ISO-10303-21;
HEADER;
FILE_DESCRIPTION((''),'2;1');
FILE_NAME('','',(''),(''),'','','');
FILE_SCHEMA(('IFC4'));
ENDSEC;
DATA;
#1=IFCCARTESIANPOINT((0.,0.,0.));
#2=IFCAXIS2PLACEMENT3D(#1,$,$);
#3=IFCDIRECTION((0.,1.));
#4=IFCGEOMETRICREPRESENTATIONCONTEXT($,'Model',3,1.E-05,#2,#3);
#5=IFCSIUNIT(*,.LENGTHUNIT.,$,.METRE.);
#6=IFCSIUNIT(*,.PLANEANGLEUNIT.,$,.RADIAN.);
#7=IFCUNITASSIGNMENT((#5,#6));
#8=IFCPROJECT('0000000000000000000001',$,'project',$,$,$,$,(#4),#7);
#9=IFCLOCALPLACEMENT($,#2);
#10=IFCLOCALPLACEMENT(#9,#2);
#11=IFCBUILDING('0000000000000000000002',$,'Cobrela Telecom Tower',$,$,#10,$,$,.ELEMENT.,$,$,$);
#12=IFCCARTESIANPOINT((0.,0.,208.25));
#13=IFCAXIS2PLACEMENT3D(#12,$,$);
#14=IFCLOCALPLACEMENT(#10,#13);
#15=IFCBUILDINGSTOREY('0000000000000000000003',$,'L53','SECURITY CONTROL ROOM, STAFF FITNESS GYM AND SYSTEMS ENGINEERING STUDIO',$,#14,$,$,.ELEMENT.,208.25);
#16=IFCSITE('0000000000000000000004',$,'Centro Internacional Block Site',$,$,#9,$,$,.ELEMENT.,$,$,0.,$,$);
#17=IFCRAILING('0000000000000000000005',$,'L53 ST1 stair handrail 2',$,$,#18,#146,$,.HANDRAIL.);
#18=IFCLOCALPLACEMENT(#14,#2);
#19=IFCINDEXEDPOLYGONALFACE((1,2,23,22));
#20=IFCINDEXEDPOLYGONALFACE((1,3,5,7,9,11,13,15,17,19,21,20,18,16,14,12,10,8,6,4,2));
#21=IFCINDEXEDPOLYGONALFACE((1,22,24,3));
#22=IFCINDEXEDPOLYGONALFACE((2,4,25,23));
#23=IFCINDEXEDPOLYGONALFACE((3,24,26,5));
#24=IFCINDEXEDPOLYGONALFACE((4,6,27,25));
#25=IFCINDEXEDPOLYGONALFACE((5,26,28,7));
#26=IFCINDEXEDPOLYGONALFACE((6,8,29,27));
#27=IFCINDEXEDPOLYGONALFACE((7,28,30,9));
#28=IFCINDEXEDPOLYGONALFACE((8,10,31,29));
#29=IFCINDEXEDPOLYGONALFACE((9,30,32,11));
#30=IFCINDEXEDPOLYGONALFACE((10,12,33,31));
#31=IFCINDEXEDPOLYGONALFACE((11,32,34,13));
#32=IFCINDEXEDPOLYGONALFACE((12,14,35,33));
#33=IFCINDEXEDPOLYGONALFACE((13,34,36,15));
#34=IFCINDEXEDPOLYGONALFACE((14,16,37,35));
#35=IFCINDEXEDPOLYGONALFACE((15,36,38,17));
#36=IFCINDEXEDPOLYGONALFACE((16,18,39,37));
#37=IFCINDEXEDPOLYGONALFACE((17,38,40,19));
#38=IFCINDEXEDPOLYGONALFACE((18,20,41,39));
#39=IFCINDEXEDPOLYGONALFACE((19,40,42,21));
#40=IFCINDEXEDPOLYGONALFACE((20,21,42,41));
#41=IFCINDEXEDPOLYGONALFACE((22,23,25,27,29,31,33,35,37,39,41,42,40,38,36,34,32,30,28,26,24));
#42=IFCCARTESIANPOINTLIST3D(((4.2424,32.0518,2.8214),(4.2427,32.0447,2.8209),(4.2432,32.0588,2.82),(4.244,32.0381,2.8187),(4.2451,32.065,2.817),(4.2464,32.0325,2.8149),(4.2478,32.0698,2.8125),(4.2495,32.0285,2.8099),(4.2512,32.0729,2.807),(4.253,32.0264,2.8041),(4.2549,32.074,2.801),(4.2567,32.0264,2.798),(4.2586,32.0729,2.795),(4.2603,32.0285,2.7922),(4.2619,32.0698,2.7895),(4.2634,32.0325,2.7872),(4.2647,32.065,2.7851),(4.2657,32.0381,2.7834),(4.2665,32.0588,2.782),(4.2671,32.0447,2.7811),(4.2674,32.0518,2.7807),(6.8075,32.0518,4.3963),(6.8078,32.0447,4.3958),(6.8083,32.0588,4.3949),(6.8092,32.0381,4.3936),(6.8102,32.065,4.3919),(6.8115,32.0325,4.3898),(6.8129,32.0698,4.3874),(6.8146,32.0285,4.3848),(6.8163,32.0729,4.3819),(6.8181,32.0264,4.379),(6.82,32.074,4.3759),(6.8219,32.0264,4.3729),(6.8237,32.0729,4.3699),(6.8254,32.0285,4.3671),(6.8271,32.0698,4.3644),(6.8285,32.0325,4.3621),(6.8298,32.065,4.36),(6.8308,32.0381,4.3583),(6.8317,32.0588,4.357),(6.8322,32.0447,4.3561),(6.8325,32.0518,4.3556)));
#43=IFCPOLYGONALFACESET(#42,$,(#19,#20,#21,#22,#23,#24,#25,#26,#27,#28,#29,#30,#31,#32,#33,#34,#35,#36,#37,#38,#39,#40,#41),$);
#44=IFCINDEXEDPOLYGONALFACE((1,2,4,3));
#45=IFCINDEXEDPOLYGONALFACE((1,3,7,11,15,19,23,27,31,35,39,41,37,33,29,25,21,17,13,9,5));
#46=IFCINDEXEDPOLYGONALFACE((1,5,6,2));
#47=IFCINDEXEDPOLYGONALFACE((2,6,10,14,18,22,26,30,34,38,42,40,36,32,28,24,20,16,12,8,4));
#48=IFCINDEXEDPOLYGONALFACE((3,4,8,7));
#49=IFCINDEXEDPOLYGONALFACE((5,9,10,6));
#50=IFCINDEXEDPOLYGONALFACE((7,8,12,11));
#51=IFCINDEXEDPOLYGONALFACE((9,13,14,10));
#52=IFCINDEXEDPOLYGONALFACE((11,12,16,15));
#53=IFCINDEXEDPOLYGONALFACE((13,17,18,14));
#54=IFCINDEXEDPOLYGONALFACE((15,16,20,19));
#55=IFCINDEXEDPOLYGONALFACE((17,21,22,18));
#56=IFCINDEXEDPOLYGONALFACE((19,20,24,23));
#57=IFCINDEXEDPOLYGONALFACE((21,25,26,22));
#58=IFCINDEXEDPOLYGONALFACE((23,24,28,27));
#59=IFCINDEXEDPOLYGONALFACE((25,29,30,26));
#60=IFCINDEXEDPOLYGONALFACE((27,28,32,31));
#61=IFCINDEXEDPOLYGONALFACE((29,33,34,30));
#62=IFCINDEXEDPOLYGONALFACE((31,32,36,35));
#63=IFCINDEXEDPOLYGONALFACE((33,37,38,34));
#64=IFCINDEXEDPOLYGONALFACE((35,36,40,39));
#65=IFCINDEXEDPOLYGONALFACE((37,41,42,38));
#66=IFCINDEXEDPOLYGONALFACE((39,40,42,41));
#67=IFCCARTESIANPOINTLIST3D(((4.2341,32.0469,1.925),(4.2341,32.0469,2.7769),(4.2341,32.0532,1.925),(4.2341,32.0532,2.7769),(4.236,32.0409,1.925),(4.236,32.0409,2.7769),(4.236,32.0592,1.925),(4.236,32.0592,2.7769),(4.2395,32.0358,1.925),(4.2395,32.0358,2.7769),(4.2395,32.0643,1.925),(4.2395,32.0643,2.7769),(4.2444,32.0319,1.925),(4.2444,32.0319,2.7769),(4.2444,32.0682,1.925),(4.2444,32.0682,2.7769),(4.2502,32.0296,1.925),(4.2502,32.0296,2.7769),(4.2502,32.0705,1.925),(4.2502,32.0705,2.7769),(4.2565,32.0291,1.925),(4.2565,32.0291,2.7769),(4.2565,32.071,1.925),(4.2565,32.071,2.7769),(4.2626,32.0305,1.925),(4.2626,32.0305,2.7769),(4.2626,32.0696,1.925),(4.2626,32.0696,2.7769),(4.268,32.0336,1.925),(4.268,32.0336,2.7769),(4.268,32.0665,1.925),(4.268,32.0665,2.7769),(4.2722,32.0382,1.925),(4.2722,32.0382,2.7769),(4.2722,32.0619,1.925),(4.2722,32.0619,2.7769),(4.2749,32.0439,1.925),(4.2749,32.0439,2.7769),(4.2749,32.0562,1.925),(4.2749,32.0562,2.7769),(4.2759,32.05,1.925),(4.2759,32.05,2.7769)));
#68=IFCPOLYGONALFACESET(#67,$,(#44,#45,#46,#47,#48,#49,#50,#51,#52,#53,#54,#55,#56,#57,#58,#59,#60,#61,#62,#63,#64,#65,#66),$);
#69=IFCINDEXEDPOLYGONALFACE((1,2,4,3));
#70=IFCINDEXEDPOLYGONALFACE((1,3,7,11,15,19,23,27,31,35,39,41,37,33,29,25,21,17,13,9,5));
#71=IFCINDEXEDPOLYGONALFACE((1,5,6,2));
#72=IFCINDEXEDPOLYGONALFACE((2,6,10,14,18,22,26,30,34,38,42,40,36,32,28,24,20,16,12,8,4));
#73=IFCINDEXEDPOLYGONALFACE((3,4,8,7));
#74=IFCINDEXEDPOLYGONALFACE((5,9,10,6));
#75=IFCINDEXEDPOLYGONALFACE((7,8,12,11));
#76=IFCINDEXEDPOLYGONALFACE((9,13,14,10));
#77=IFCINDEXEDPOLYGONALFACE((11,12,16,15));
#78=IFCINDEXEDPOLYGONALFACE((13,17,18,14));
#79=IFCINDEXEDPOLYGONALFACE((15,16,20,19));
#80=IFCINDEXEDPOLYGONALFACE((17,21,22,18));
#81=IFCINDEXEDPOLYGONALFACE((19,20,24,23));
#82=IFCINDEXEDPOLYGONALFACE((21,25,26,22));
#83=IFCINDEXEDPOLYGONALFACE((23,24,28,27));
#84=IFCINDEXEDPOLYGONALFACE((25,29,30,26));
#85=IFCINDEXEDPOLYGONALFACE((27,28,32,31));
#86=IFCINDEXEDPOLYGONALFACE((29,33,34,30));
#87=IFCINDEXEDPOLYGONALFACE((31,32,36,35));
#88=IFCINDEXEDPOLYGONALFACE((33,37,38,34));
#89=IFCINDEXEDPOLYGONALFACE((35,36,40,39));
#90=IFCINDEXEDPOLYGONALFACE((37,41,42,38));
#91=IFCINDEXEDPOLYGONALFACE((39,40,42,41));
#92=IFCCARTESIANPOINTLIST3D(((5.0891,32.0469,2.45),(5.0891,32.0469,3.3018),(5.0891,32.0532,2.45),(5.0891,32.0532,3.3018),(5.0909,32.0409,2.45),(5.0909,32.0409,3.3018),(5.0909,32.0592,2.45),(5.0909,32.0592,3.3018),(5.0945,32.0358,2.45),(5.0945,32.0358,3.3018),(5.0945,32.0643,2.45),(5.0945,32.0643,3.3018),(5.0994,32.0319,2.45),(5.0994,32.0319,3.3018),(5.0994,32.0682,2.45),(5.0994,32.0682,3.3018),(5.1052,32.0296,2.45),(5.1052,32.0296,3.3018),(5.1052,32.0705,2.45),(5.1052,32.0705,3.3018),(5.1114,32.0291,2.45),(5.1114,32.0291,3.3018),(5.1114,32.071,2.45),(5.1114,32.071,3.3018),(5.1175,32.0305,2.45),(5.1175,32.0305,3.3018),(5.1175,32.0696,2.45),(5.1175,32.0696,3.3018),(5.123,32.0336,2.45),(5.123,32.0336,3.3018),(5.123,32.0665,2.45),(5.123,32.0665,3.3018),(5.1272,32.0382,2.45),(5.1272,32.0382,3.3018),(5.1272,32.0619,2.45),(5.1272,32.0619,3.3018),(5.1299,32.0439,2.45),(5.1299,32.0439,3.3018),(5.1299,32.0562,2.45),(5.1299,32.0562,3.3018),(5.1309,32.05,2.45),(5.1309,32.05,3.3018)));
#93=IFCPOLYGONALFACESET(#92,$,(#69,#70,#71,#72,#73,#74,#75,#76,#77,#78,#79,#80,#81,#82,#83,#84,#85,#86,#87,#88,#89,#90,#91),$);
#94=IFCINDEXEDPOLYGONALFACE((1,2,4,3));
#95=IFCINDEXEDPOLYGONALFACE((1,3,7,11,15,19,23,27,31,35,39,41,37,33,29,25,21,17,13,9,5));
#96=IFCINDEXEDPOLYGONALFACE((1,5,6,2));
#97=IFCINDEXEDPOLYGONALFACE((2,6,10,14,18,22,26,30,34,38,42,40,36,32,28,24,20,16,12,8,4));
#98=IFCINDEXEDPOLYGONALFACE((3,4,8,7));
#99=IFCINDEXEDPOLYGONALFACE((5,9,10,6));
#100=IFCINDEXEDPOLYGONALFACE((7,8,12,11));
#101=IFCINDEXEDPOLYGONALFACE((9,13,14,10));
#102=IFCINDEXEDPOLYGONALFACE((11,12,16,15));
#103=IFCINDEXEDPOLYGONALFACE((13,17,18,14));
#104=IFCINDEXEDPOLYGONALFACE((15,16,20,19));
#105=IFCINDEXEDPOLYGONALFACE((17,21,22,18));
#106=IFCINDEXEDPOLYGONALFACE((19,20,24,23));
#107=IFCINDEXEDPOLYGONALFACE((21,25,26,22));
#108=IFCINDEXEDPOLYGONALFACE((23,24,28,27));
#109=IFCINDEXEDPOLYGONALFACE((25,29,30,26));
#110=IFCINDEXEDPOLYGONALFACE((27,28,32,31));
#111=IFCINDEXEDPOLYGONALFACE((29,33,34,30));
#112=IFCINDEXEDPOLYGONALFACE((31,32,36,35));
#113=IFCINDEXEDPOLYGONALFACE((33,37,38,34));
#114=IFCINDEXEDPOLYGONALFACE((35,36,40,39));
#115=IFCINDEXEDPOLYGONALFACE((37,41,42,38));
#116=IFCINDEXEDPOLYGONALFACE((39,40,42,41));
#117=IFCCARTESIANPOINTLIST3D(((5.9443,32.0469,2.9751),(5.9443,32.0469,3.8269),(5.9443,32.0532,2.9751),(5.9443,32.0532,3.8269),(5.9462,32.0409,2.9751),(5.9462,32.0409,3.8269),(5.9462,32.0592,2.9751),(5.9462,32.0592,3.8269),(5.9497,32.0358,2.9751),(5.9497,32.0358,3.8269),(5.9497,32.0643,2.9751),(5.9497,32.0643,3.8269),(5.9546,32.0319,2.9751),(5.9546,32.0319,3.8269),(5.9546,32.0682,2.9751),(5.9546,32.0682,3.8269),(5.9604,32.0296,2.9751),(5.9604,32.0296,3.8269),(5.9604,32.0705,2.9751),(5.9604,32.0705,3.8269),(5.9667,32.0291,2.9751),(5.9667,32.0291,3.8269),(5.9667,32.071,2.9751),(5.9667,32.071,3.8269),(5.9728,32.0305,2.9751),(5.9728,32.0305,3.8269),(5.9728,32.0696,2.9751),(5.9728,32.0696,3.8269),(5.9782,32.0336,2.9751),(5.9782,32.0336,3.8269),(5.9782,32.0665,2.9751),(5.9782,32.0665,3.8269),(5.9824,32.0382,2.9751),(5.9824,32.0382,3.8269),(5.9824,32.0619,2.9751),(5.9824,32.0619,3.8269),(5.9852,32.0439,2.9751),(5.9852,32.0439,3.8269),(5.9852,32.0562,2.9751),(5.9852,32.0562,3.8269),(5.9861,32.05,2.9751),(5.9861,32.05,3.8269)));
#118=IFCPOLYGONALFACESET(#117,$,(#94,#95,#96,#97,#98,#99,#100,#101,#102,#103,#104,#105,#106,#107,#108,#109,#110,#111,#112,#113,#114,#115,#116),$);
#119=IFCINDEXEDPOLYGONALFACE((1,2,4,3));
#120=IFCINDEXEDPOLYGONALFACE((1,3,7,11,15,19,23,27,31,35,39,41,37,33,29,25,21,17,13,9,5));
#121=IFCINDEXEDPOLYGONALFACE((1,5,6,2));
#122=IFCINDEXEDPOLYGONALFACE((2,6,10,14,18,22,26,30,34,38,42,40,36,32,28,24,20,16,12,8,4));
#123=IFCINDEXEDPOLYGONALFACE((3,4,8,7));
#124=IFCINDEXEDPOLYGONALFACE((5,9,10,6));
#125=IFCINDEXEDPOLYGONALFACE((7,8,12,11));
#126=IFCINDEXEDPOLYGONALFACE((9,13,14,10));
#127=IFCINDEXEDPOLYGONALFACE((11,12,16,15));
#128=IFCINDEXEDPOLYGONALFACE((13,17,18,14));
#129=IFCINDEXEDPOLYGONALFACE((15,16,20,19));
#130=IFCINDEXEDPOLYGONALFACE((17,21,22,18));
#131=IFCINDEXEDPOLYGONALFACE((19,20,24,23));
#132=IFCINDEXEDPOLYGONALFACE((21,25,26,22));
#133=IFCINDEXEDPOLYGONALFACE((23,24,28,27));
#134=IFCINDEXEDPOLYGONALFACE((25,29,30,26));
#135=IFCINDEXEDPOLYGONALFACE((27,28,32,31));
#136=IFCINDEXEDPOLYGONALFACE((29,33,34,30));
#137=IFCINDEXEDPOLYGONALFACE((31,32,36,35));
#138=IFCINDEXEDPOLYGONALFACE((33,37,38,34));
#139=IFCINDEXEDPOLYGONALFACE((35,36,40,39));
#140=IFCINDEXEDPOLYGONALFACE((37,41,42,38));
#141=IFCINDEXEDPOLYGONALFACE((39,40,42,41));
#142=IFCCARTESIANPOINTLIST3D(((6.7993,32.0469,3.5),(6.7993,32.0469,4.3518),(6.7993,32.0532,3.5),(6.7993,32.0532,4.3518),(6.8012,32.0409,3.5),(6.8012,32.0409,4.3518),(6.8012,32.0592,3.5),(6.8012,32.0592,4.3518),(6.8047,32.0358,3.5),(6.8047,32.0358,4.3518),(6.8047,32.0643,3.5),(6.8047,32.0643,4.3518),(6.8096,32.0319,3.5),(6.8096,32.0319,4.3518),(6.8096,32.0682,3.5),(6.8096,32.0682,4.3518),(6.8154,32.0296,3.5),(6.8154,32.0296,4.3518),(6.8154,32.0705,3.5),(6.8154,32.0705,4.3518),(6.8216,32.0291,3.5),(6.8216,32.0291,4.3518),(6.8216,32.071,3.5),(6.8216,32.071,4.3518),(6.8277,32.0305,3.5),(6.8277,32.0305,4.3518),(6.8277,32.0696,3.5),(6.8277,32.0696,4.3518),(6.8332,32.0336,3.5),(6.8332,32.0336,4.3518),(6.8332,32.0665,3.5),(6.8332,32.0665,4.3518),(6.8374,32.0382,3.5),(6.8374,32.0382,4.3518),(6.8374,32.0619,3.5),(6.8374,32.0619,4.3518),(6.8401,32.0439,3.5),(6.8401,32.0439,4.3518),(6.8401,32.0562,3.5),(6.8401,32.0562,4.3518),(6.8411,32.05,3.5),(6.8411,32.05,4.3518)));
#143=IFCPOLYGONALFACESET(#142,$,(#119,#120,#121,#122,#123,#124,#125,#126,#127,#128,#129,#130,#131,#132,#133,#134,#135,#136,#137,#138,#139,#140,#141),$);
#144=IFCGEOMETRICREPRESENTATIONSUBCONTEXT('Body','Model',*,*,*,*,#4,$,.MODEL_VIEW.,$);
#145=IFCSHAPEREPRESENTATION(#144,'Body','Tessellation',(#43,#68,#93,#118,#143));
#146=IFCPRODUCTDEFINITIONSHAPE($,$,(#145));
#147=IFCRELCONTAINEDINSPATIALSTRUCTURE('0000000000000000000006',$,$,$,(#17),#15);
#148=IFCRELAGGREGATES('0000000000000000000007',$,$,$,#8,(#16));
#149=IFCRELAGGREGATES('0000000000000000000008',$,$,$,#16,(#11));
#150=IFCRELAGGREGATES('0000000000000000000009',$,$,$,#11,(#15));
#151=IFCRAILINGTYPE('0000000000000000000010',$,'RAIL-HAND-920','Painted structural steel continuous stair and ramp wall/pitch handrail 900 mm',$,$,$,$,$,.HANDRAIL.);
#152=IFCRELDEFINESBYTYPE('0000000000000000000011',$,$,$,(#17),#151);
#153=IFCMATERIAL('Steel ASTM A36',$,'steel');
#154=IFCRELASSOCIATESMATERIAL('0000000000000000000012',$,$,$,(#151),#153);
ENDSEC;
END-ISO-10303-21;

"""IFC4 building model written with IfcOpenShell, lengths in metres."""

from ifc_helpers import new_model, si_unit, direction, frame, origin, origin_2d, place, context, subcontext, project, spatial, circle, extrude, material, type_object, element, save


model = new_model("IFC4")

# Units and contexts
model_context = context("Model", 3, precision=1e-05, world=origin(), true_north=direction((0.0, 1.0)))
body_context = subcontext(model_context, "Body", "Model", "MODEL_VIEW")
ifc_project = project(units=[si_unit("LENGTHUNIT", "METRE"), si_unit("PLANEANGLEUNIT", "RADIAN")], contexts=[model_context])

# Site, building, storey
site_placement = place(None, origin())
site = spatial("IfcSite", under=ifc_project, at=site_placement, Name="Centro Internacional Block Site", CompositionType="ELEMENT", RefElevation=0.0)
building_placement = place(site_placement, origin())
building = spatial("IfcBuilding", under=site, at=building_placement, Name="Cobrela Telecom Tower", CompositionType="ELEMENT")
storey_placement = place(building_placement, frame((0.0, 0.0, 208.25)))
storey = spatial("IfcBuildingStorey", under=building, at=storey_placement, Name="L53", Description="SECURITY CONTROL ROOM, STAFF FITNESS GYM AND SYSTEMS ENGINEERING STUDIO", CompositionType="ELEMENT", Elevation=208.25)

# Shared definitions
ifc_material_1 = material(Name="Steel ASTM A36", Category="steel")

# Railing
railing_type_1 = type_object("IfcRailingType", Name="RAIL-HAND-920", Description="Painted structural steel continuous stair and ramp wall/pitch handrail 900 mm", PredefinedType="HANDRAIL", material=ifc_material_1)
railing_1_placement = place(storey_placement, frame((4.2549, 32.05, 1.925)))
element("IfcRailing", 1, at=railing_1_placement, inside=storey, type_object=railing_type_1, Name="L53 ST1 stair handrail 2", PredefinedType="HANDRAIL", context=body_context, shape_type="SweptSolid", body=[
    extrude(circle(Radius=0.0239, at=origin_2d()), frame((0.0, 0.0, 0.876), z_axis=(0.852195, 0.0, 0.523224), x_axis=(0.0, 1.0, 0.0)), (0.0, 0.0, 1.0), 3.01),
    extrude(circle(Radius=0.021, at=origin_2d()), origin(), (0.0, 0.0, 1.0), 0.8518),
    extrude(circle(Radius=0.021, at=origin_2d()), frame((0.855, 0.0, 0.5249)), (0.0, 0.0, 1.0), 0.8518),
    extrude(circle(Radius=0.021, at=origin_2d()), frame((1.7102, 0.0, 1.05)), (0.0, 0.0, 1.0), 0.8518),
    extrude(circle(Radius=0.021, at=origin_2d()), frame((2.5652, 0.0, 1.575)), (0.0, 0.0, 1.0), 0.8518),
])

save(model, "model.ifc")
